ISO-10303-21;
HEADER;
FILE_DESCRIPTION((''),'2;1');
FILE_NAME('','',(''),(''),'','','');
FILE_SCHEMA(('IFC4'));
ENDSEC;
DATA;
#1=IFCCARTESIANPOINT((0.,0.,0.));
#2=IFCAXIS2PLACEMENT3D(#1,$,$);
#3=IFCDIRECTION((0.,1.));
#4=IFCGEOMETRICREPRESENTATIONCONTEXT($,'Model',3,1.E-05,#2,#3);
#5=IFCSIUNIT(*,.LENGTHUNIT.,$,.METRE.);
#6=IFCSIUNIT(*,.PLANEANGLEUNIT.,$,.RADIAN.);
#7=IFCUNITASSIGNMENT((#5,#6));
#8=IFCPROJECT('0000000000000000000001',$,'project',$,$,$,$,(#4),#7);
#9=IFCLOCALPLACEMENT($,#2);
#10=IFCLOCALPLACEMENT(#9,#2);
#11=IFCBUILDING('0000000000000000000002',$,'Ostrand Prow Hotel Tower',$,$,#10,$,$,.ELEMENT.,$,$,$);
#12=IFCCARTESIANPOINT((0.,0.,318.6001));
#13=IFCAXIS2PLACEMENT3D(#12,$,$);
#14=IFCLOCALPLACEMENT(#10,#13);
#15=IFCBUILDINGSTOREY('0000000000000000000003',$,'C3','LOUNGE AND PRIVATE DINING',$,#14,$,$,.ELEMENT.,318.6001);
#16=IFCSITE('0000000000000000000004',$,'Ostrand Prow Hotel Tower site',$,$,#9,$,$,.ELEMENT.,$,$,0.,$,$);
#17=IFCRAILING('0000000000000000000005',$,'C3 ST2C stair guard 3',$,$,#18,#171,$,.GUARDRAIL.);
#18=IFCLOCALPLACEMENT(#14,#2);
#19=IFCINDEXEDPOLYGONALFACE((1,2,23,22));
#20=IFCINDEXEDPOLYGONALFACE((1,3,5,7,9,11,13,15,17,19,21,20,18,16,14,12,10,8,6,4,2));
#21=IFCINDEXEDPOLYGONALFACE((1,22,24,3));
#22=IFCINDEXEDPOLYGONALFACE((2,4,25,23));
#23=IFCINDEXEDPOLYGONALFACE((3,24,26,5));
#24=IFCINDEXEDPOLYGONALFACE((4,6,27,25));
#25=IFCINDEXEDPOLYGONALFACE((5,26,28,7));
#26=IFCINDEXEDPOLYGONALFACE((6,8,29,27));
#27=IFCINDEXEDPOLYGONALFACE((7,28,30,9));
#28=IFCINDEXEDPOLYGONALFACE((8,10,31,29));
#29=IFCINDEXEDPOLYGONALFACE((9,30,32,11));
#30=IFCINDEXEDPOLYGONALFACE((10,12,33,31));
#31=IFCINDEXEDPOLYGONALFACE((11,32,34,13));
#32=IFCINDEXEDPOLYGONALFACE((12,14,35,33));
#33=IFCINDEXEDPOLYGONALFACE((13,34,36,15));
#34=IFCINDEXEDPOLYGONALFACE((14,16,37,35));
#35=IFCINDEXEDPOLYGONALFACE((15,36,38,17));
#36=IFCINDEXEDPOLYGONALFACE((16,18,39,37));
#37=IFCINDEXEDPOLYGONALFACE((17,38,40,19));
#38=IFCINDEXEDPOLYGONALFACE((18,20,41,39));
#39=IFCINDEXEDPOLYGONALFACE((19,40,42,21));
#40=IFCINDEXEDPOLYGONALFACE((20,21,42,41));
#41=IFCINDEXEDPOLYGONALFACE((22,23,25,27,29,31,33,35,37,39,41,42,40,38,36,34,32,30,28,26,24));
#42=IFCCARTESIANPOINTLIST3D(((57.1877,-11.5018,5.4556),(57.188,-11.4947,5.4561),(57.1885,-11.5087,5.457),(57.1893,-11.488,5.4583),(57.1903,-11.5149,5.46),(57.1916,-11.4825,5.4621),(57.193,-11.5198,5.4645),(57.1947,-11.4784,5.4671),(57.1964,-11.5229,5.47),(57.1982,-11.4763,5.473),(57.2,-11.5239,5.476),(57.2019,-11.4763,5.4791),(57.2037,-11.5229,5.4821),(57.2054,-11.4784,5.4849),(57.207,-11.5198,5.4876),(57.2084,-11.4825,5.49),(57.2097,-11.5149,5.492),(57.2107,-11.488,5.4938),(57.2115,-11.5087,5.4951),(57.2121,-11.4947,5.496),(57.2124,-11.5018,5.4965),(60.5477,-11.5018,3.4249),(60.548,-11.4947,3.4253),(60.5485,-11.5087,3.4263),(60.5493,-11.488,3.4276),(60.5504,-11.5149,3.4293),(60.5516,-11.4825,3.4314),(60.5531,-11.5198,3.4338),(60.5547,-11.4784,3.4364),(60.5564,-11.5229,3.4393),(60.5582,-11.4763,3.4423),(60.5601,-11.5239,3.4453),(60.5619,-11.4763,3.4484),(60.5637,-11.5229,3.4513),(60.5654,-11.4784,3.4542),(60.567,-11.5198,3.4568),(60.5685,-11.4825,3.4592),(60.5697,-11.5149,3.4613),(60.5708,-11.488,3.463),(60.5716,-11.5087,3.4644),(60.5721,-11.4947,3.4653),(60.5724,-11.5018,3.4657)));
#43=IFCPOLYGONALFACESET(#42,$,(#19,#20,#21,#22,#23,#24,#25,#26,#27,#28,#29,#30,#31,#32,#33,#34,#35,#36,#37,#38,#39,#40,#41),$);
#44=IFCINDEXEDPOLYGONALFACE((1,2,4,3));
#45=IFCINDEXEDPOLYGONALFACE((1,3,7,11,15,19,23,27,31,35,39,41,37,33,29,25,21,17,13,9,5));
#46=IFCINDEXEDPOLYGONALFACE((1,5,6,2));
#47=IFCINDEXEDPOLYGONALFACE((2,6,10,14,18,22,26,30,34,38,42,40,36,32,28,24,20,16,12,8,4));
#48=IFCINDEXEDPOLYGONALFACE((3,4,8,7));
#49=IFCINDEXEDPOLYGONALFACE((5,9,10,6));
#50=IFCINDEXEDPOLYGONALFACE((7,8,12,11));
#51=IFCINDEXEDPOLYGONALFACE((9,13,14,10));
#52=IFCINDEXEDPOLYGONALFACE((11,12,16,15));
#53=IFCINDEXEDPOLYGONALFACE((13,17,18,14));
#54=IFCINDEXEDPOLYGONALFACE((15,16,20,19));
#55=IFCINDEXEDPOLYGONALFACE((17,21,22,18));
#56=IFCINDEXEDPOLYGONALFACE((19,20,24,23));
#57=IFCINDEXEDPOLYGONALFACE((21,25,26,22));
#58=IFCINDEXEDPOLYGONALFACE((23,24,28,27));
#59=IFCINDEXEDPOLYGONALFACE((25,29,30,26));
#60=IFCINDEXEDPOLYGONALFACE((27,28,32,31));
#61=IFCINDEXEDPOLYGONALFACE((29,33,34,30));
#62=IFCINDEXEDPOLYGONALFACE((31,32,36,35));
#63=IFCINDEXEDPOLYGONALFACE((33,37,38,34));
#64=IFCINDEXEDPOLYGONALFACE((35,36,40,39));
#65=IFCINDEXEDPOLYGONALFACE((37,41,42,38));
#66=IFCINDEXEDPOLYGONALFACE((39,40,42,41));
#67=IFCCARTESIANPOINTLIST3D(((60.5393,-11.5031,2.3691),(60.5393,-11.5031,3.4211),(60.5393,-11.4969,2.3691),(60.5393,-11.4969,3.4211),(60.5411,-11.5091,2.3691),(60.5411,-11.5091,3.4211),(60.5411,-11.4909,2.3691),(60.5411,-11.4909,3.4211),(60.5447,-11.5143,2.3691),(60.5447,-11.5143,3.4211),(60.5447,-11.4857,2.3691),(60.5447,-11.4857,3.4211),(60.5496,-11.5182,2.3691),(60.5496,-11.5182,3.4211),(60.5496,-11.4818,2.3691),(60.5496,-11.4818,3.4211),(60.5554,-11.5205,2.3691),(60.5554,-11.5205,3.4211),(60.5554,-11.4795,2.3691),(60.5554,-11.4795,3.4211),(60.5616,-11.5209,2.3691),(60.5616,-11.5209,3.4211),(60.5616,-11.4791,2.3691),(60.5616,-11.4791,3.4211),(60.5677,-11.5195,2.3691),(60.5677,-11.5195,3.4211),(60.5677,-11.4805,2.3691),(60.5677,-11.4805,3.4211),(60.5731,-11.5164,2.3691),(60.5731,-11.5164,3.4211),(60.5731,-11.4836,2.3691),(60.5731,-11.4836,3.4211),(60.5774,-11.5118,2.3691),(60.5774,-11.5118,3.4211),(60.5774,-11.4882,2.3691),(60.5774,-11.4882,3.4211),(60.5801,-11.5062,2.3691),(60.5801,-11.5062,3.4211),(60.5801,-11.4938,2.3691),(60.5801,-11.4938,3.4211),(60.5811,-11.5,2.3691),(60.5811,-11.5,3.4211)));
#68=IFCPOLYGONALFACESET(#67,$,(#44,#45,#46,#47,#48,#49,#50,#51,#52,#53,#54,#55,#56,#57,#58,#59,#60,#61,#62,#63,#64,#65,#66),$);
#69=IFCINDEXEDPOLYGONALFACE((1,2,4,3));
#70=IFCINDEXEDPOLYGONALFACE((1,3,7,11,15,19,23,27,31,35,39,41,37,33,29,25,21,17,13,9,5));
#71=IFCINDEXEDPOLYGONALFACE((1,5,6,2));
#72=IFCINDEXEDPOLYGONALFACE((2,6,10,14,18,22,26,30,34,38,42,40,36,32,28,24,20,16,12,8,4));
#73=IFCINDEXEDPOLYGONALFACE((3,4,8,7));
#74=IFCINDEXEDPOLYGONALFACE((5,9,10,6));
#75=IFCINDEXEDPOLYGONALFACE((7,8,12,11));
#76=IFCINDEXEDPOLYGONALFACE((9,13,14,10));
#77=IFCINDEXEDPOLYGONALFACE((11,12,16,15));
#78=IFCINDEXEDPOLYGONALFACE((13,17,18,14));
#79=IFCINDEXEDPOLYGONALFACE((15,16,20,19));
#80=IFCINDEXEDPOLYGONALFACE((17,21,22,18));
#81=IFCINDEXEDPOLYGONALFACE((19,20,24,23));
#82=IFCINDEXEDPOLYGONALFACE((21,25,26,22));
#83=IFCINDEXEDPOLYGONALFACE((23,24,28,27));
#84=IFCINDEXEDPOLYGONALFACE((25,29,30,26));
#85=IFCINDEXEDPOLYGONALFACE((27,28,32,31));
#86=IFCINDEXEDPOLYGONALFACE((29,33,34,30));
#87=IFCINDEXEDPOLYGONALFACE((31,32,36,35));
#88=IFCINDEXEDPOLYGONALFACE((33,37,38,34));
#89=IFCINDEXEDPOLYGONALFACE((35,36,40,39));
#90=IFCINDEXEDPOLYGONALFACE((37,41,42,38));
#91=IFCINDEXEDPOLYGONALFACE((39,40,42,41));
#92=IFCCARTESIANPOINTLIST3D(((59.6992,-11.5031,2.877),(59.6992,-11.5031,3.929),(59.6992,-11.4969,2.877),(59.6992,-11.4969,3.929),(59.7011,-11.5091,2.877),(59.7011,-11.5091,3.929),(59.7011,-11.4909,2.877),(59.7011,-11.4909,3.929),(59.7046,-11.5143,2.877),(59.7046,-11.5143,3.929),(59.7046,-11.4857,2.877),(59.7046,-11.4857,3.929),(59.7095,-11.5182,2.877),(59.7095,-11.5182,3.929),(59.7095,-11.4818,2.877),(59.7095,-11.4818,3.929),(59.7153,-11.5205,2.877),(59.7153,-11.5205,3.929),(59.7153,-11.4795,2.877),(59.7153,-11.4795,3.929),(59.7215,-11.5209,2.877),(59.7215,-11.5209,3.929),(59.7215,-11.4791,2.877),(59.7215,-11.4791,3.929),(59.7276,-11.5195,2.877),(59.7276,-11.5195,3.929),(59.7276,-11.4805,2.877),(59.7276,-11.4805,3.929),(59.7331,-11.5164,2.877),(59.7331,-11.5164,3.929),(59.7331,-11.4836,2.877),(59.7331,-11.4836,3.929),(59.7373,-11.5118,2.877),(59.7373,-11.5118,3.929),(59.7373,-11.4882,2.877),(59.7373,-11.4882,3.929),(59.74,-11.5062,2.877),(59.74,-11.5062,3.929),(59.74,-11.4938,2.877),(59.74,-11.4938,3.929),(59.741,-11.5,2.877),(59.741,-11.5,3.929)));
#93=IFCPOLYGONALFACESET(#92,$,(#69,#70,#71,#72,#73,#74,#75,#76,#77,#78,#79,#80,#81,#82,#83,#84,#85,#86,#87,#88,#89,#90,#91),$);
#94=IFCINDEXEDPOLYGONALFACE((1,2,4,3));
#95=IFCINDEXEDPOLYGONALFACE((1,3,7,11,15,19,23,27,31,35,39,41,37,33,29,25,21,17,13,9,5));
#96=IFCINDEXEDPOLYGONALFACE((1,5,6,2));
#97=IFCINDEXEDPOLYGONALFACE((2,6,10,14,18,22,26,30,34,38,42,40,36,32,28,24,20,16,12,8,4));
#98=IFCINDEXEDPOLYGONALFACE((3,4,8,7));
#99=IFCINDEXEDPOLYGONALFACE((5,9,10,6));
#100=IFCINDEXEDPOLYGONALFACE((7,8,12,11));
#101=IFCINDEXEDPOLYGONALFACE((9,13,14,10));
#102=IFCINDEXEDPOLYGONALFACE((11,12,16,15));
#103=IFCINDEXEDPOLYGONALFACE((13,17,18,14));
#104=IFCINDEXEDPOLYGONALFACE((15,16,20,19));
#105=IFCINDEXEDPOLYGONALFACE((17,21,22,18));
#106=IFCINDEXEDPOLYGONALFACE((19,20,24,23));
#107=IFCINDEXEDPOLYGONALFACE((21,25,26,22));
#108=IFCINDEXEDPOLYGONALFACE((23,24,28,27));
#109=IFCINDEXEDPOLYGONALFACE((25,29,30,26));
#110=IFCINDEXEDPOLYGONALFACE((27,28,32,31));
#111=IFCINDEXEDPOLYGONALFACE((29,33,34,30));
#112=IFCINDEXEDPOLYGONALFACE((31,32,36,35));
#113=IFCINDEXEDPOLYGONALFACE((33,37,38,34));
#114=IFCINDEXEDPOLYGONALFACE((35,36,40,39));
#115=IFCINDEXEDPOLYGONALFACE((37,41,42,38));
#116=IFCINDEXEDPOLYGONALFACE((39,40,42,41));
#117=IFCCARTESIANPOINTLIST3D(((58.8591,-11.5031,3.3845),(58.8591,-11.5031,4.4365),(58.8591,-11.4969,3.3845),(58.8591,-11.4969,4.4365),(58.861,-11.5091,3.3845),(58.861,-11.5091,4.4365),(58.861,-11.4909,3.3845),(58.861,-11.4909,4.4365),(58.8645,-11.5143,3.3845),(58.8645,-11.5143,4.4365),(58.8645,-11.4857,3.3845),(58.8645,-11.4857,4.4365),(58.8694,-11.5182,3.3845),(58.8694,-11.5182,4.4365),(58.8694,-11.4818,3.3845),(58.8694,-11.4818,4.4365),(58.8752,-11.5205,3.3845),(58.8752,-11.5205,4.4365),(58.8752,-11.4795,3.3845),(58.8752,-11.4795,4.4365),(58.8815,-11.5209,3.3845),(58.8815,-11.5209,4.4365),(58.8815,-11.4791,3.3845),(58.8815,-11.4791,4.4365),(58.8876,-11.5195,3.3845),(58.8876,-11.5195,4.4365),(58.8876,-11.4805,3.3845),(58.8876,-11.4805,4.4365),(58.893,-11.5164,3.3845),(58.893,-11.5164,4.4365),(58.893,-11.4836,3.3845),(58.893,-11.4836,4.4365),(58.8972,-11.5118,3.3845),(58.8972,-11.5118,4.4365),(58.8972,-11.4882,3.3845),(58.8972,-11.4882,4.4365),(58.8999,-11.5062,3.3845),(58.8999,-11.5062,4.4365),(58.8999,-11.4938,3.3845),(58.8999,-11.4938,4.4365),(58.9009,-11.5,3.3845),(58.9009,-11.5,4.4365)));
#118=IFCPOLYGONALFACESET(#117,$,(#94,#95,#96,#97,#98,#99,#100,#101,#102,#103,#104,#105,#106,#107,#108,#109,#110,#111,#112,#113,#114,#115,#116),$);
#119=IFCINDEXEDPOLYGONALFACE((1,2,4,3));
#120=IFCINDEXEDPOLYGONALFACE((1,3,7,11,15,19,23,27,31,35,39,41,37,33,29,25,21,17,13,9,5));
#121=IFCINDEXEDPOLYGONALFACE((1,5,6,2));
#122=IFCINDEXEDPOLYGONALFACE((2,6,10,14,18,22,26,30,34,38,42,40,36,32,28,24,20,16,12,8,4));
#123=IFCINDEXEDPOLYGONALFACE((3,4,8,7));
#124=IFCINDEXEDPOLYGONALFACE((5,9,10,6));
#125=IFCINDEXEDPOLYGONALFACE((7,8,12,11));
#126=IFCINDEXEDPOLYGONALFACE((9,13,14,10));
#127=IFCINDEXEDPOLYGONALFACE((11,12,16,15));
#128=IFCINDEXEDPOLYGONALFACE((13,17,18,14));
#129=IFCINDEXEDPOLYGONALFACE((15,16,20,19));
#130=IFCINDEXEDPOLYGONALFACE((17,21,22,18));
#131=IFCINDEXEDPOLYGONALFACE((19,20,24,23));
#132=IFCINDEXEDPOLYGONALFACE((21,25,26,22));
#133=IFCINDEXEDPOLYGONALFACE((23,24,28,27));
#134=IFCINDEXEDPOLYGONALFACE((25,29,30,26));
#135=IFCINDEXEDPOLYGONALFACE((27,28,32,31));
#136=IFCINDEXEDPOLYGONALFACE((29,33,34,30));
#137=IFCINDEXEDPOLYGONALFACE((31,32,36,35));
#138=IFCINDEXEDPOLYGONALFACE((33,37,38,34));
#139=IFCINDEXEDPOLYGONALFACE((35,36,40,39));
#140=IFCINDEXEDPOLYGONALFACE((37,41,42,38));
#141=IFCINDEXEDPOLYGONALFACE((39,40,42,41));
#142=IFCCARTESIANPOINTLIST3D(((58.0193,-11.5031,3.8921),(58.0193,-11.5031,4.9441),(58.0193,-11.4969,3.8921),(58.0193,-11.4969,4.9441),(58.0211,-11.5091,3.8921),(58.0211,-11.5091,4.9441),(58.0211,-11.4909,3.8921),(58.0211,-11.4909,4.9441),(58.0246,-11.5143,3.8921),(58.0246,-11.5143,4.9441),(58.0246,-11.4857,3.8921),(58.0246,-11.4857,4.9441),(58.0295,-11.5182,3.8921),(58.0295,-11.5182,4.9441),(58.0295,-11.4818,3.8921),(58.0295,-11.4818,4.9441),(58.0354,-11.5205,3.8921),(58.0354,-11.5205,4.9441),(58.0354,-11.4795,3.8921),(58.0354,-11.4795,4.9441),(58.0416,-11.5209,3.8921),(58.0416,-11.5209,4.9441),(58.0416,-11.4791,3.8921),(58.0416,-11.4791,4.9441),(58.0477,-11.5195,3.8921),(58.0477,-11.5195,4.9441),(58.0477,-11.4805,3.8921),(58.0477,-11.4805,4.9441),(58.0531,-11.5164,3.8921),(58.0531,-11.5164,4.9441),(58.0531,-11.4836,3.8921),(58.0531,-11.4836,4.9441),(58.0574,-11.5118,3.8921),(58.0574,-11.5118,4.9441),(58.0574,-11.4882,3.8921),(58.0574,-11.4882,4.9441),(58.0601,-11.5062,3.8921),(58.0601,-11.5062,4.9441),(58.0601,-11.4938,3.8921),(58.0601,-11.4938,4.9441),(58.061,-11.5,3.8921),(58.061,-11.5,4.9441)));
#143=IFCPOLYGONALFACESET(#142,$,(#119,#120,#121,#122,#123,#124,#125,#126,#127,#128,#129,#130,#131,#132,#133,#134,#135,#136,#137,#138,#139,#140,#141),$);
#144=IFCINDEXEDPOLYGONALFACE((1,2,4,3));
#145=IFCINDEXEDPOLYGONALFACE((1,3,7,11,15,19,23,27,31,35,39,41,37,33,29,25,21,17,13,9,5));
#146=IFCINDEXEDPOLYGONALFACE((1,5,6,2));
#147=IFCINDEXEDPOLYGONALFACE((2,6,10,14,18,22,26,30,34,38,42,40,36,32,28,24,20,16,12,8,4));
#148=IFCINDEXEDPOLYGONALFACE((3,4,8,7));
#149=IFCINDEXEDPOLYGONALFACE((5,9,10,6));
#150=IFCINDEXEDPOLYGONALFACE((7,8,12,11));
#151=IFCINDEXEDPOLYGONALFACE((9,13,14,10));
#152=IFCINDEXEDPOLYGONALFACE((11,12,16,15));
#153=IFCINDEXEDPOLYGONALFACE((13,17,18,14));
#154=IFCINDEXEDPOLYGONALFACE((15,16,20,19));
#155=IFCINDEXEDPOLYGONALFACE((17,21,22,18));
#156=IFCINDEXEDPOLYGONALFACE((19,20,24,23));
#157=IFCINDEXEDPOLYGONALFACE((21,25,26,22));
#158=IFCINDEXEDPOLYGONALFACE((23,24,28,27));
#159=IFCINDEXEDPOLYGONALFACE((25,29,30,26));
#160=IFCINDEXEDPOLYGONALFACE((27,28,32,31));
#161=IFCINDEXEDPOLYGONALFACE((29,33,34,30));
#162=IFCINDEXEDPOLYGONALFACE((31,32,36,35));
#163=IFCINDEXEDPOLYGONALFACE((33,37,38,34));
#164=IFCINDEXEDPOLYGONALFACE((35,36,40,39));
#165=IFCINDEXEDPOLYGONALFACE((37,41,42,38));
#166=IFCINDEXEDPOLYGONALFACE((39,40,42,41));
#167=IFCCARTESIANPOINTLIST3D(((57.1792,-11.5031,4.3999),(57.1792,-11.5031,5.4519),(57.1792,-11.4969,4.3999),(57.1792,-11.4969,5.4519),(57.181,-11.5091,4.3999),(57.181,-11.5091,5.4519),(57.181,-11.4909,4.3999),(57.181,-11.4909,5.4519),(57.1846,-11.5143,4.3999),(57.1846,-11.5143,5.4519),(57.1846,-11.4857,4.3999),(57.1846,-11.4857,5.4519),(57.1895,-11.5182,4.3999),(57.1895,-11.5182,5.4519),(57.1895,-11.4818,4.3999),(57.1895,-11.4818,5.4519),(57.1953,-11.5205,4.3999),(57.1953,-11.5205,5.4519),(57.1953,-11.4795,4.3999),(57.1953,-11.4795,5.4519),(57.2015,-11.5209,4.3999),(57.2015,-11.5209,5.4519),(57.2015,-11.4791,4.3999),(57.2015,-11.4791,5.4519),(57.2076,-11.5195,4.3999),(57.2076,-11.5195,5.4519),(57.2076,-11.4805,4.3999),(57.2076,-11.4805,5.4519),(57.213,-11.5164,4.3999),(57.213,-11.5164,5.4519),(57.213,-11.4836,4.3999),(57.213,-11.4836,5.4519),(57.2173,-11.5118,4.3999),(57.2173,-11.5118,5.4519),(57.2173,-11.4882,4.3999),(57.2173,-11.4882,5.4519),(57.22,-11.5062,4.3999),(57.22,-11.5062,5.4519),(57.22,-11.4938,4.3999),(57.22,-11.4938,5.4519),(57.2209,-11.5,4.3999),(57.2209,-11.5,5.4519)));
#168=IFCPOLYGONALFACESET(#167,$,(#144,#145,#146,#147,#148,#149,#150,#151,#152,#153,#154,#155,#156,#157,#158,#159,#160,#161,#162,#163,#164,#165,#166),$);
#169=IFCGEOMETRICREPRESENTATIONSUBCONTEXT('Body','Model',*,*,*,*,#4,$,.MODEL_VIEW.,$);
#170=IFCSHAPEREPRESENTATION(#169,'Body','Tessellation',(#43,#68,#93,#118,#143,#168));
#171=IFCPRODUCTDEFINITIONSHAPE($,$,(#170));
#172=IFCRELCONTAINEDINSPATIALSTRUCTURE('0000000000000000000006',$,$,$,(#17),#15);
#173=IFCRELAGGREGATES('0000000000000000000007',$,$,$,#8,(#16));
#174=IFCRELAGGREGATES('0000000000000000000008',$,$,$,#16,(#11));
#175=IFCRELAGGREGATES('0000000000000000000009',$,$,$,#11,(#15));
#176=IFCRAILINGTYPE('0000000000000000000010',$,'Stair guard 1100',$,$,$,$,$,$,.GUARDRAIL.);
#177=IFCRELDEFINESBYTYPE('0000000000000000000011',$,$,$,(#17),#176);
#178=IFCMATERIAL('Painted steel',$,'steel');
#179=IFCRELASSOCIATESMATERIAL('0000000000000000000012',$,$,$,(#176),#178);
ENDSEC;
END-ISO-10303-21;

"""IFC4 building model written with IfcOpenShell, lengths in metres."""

from ifc_helpers import new_model, si_unit, direction, frame, origin, origin_2d, place, context, subcontext, project, spatial, circle, extrude, material, type_object, element, save


model = new_model("IFC4")

# Units and contexts
model_context = context("Model", 3, precision=1e-05, world=origin(), true_north=direction((0.0, 1.0)))
body_context = subcontext(model_context, "Body", "Model", "MODEL_VIEW")
ifc_project = project(units=[si_unit("LENGTHUNIT", "METRE"), si_unit("PLANEANGLEUNIT", "RADIAN")], contexts=[model_context])

# Site, building, storey
site_placement = place(None, origin())
site = spatial("IfcSite", under=ifc_project, at=site_placement, Name="Ostrand Prow Hotel Tower site", CompositionType="ELEMENT", RefElevation=0.0)
building_placement = place(site_placement, origin())
building = spatial("IfcBuilding", under=site, at=building_placement, Name="Ostrand Prow Hotel Tower", CompositionType="ELEMENT")
storey_placement = place(building_placement, frame((0.0, 0.0, 318.6001)))
storey = spatial("IfcBuildingStorey", under=building, at=storey_placement, Name="C3", Description="LOUNGE AND PRIVATE DINING", CompositionType="ELEMENT", Elevation=318.6001)

# Railing
ifc_material_1 = material(Name="Painted steel", Category="steel")
railing_type_1 = type_object("IfcRailingType", Name="Stair guard 1100", PredefinedType="GUARDRAIL", material=ifc_material_1)
railing_1_placement = place(storey_placement, frame((60.5601, -11.5, 2.3691)))
element("IfcRailing", 1, at=railing_1_placement, inside=storey, type_object=railing_type_1, Name="C3 ST2C stair guard 3", PredefinedType="GUARDRAIL", context=body_context, shape_type="SweptSolid", body=[
    extrude(circle(Radius=0.0239, at=origin_2d()), frame((0.0, 0.0, 1.0762), z_axis=(-0.855837, 0.0, 0.517246), x_axis=(0.0, -1.0, 0.0)), (0.0, 0.0, 1.0), 3.926),
    extrude(circle(Radius=0.021, at=origin_2d()), origin(), (0.0, 0.0, 1.0), 1.052),
    extrude(circle(Radius=0.021, at=origin_2d()), frame((-0.8401, 0.0, 0.5078)), (0.0, 0.0, 1.0), 1.052),
    extrude(circle(Radius=0.021, at=origin_2d()), frame((-1.6802, 0.0, 1.0154)), (0.0, 0.0, 1.0), 1.052),
    extrude(circle(Radius=0.021, at=origin_2d()), frame((-2.52, 0.0, 1.5229)), (0.0, 0.0, 1.0), 1.052),
    extrude(circle(Radius=0.021, at=origin_2d()), frame((-3.3601, 0.0, 2.0308)), (0.0, 0.0, 1.0), 1.052),
])

save(model, "model.ifc")
